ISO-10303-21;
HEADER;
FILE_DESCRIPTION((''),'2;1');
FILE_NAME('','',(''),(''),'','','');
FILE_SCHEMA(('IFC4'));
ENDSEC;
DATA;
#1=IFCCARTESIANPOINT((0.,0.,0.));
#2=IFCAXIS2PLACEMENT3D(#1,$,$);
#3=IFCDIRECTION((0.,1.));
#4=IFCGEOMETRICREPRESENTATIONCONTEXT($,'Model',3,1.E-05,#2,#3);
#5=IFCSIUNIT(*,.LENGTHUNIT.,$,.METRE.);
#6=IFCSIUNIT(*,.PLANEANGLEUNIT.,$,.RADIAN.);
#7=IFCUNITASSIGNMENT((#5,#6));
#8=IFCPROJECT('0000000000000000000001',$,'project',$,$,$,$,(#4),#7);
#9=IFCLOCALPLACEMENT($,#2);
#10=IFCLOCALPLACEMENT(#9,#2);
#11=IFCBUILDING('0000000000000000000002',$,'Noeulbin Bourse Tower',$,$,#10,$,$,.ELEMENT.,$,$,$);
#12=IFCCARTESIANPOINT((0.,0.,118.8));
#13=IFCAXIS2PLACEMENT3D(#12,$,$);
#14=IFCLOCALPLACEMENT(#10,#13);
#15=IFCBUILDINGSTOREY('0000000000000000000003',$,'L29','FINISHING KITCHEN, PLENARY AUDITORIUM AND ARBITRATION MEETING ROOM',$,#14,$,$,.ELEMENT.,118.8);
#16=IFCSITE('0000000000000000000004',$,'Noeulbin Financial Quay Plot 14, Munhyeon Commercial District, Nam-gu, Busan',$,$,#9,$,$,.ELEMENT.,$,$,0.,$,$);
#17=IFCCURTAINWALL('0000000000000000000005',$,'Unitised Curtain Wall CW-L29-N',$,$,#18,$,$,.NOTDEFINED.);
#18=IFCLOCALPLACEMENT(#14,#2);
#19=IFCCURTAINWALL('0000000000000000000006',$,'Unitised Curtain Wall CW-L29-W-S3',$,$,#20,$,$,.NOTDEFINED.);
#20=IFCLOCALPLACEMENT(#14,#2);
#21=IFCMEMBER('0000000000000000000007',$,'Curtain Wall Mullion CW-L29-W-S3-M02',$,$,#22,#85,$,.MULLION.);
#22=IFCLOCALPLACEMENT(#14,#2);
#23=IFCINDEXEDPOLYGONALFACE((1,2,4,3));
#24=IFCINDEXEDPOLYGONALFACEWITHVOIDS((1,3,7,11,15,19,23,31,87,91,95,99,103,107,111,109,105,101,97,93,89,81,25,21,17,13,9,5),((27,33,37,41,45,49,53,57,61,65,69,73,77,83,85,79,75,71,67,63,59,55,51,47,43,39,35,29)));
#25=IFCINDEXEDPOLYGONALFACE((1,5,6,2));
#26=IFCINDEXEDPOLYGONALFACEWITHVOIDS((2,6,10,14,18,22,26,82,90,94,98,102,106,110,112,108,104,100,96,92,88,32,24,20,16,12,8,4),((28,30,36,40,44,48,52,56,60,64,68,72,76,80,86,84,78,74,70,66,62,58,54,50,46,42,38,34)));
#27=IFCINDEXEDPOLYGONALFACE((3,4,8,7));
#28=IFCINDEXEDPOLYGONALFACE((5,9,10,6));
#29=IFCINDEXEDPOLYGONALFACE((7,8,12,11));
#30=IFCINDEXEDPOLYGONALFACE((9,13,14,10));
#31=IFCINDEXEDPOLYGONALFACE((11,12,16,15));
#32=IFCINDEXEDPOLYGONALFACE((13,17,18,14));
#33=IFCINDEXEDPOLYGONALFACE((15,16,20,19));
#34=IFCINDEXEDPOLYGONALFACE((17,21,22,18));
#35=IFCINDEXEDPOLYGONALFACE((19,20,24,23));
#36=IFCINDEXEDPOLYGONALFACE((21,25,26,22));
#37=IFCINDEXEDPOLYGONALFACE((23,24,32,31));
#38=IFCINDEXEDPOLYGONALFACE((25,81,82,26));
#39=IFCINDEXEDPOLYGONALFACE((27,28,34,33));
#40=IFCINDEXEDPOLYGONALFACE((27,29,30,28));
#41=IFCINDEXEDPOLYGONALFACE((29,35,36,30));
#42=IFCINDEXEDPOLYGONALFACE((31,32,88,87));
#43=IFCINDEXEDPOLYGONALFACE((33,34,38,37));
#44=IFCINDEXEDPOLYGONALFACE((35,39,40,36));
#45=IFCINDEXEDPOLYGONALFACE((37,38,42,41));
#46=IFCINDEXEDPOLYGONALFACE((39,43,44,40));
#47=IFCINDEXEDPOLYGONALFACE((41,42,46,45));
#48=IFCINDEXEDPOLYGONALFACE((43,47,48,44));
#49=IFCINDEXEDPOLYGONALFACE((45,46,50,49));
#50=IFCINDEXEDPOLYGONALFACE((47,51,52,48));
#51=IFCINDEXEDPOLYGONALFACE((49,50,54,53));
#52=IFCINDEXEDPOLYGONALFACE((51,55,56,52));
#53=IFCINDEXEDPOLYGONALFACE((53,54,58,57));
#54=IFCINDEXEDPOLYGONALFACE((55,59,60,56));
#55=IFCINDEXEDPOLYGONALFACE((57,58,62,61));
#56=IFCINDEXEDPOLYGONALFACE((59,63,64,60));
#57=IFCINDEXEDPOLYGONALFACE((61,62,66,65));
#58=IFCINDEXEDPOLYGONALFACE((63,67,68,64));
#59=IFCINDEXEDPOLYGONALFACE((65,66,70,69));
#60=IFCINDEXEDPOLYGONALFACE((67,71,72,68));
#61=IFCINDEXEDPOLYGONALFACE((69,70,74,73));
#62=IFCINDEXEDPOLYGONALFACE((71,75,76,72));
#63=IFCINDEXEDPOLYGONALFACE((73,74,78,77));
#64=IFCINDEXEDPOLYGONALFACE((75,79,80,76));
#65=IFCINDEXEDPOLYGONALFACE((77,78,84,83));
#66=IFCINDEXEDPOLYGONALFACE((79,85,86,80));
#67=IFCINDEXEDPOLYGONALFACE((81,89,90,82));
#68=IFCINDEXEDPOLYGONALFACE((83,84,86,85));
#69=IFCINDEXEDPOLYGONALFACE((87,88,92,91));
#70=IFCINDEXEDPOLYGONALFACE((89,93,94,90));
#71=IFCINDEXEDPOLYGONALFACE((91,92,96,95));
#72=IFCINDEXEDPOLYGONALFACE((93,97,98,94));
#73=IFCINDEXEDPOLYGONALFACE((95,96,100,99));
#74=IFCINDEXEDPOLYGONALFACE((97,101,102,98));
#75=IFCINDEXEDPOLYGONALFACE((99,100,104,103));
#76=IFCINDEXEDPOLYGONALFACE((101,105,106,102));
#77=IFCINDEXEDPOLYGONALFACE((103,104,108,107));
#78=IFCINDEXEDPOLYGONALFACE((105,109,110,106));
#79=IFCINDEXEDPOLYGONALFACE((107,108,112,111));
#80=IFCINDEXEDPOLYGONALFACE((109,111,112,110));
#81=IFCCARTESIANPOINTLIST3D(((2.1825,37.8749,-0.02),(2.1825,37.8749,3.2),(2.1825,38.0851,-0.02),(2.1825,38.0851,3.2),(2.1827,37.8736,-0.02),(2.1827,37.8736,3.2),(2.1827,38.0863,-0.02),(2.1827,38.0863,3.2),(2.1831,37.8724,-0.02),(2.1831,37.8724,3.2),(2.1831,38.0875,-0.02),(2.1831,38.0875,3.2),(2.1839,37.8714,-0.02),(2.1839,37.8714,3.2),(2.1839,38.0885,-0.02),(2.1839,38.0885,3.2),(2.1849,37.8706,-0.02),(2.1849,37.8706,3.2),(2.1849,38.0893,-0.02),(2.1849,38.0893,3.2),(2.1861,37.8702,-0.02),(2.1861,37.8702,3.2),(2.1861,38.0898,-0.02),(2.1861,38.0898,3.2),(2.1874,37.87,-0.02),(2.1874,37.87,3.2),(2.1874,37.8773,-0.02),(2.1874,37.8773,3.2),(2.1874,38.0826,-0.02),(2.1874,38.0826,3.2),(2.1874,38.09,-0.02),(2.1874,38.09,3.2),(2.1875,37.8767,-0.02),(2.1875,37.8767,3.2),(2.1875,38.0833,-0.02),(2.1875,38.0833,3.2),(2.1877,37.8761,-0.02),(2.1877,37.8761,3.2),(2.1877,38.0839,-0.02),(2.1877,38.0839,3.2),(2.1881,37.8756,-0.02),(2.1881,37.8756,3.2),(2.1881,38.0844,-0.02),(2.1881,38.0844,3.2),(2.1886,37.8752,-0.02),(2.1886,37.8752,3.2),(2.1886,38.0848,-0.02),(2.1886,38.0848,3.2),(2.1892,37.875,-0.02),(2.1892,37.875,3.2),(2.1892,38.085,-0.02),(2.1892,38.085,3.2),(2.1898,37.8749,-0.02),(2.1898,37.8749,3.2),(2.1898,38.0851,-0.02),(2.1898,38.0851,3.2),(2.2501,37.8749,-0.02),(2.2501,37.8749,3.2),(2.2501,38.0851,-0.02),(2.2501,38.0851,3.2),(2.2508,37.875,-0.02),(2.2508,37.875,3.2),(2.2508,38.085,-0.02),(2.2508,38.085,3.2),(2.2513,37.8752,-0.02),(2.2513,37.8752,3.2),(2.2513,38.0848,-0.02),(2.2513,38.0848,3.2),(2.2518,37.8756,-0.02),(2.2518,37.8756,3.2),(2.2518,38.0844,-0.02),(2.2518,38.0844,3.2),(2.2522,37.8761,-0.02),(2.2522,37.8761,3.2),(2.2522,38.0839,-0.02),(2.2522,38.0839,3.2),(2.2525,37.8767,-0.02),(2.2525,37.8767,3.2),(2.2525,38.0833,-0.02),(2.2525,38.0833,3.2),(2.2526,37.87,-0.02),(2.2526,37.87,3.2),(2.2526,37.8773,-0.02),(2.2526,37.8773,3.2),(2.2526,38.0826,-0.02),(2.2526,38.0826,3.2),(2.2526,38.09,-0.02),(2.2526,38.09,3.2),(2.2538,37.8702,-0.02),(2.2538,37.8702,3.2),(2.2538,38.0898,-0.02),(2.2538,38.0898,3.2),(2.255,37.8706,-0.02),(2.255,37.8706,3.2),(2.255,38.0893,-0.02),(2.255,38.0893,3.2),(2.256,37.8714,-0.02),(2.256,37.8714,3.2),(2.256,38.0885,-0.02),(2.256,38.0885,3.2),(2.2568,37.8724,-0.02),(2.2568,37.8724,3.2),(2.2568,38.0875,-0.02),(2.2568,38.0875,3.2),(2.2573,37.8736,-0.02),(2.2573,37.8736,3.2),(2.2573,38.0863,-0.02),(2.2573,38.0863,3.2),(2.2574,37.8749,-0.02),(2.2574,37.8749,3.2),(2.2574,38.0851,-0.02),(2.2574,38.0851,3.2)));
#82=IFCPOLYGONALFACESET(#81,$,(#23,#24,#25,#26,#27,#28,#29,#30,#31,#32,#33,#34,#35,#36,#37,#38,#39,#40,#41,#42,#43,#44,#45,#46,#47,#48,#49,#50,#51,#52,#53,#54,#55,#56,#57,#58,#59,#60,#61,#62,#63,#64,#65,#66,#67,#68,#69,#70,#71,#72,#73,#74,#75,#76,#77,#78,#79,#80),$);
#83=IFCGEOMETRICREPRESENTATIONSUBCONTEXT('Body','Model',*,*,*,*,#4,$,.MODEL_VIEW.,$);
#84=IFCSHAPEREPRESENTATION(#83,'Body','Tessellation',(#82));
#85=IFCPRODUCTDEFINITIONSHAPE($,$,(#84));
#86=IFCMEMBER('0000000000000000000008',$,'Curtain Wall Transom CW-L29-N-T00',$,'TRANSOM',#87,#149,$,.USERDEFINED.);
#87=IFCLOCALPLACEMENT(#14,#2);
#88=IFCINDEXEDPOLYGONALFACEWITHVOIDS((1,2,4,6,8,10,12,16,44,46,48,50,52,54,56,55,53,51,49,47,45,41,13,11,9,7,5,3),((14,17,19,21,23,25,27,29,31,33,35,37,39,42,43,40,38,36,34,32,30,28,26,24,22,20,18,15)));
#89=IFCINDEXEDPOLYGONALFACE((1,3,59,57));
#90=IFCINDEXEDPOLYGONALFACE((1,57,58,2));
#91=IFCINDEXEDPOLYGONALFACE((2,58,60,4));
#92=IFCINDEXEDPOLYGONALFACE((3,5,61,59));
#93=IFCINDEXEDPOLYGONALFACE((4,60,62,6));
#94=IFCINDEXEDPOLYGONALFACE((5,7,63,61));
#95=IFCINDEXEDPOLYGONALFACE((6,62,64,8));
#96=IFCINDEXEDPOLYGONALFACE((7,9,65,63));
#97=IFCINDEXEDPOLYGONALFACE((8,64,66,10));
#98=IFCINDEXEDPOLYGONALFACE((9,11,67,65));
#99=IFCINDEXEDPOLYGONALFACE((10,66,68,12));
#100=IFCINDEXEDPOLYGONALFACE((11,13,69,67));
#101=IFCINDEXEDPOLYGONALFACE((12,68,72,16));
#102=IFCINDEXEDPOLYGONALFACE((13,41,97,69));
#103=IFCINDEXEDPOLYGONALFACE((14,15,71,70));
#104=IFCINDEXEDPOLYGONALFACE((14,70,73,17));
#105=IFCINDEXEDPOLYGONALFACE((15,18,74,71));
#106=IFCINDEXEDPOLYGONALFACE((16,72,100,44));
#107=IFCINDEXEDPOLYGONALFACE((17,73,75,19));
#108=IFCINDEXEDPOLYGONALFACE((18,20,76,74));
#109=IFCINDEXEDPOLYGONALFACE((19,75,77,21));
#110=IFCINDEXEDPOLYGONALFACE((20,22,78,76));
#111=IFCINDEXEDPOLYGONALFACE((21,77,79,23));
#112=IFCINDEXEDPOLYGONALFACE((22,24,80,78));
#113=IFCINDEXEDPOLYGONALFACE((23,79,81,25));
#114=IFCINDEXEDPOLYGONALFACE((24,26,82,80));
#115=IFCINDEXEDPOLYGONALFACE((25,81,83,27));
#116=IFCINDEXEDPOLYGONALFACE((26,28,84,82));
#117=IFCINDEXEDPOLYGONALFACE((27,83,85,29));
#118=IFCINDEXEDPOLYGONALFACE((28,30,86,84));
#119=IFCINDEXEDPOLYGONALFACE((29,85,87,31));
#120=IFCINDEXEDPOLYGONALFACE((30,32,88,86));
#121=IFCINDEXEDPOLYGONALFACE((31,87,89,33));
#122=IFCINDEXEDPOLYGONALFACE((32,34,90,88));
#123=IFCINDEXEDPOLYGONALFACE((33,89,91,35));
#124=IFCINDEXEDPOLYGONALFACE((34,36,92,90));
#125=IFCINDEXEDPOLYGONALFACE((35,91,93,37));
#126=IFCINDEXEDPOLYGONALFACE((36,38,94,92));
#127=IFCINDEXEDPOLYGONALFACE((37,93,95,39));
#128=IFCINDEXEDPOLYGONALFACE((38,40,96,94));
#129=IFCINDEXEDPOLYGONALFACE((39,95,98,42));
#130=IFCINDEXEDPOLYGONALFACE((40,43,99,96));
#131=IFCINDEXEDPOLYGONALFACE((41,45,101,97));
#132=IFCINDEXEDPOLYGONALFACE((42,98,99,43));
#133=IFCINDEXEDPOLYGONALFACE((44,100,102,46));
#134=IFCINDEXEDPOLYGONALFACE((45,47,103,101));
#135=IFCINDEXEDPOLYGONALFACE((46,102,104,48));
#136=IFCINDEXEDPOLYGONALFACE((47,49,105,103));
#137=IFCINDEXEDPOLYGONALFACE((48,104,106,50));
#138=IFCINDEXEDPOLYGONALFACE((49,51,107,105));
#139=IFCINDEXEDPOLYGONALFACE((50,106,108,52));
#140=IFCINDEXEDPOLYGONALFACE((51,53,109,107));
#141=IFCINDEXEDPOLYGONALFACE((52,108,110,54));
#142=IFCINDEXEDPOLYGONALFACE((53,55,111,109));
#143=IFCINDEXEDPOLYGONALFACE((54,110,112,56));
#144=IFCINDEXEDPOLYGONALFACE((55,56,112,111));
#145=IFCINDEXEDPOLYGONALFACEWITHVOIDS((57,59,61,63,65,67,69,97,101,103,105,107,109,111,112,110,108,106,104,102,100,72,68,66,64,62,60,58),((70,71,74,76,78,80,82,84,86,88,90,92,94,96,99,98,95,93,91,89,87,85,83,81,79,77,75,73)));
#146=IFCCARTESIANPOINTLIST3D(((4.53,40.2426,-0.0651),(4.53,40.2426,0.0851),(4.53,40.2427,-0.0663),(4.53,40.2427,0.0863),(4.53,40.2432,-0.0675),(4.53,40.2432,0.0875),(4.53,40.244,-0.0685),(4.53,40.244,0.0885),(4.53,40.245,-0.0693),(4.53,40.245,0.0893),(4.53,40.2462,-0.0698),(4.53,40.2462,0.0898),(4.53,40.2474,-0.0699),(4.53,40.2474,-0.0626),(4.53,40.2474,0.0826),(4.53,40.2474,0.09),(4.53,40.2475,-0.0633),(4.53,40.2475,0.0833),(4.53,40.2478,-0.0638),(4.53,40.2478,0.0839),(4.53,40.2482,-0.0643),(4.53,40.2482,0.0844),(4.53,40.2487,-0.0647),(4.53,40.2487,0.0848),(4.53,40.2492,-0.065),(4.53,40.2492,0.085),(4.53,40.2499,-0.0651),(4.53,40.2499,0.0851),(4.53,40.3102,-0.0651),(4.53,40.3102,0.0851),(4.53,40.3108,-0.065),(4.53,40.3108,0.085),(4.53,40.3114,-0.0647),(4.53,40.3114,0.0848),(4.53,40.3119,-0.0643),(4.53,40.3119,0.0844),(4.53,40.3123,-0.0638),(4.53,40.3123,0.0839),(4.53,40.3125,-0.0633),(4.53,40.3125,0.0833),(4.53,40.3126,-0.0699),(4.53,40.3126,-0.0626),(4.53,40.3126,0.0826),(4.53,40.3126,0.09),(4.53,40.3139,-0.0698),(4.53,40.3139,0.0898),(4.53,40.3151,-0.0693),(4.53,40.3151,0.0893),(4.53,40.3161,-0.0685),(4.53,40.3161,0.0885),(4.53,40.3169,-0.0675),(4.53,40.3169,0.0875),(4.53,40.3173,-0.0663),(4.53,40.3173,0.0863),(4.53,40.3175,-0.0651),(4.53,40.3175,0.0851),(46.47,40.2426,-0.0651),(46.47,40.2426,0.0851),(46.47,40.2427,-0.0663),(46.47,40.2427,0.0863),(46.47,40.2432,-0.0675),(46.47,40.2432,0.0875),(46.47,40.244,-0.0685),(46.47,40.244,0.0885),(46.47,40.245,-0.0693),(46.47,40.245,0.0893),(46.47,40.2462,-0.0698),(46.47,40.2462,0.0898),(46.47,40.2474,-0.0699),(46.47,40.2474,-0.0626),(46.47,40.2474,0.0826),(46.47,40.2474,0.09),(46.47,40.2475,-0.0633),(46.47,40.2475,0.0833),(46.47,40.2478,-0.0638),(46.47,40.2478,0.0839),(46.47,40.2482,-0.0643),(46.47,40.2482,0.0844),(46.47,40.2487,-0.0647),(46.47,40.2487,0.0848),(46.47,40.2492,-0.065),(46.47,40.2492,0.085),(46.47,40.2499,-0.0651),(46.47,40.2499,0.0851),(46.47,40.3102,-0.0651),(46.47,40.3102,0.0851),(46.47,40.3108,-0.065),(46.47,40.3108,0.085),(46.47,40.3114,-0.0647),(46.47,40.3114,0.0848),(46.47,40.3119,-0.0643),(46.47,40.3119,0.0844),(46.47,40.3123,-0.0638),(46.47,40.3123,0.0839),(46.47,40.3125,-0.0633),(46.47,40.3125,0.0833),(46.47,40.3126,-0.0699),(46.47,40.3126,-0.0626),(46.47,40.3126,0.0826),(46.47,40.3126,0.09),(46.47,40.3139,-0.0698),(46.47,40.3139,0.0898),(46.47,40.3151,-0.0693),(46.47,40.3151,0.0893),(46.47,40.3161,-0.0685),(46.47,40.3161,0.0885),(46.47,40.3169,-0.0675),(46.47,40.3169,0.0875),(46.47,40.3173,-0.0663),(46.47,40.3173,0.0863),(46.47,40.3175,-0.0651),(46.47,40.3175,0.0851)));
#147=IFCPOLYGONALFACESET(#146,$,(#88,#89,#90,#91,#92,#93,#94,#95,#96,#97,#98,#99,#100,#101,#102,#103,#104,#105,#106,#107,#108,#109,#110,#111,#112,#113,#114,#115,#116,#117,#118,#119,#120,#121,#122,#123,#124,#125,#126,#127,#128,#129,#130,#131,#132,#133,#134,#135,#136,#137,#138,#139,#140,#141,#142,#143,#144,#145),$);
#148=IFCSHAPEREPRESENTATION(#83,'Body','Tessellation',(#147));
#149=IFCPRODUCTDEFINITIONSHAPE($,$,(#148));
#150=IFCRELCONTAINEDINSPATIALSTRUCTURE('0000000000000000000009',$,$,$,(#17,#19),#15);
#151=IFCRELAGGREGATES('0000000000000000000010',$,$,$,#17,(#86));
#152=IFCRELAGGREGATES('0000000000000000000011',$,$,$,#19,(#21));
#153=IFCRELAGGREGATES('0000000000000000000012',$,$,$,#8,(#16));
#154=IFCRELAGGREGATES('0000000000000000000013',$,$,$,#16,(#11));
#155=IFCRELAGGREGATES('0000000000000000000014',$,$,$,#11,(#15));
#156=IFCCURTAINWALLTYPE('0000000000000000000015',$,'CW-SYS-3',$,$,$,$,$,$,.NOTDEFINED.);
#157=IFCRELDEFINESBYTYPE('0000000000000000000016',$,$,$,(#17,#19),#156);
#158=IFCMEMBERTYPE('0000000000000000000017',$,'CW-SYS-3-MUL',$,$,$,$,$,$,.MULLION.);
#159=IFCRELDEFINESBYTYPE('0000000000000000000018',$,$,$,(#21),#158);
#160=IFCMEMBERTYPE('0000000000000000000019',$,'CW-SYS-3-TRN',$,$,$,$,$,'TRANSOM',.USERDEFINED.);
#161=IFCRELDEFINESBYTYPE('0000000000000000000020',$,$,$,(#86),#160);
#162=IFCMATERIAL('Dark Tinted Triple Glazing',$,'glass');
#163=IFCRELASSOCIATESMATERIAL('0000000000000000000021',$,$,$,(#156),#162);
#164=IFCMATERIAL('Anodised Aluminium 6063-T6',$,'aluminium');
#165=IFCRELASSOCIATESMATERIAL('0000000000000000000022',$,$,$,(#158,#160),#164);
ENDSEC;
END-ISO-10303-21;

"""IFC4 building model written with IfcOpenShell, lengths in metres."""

from ifc_helpers import new_model, si_unit, direction, frame, origin, origin_2d, place, context, subcontext, project, spatial, hollow_rectangle, extrude, material, material_profile, profile_set, type_object, element, aggregate, save


model = new_model("IFC4")

# Units and contexts
model_context = context("Model", 3, precision=1e-05, world=origin(), true_north=direction((0.0, 1.0)))
body_context = subcontext(model_context, "Body", "Model", "MODEL_VIEW")
ifc_project = project(units=[si_unit("LENGTHUNIT", "METRE"), si_unit("PLANEANGLEUNIT", "RADIAN")], contexts=[model_context])

# Site, building, storey
site_placement = place(None, origin())
site = spatial("IfcSite", under=ifc_project, at=site_placement, Name="Noeulbin Financial Quay Plot 14, Munhyeon Commercial District, Nam-gu, Busan", CompositionType="ELEMENT", RefElevation=0.0)
building_placement = place(site_placement, origin())
building = spatial("IfcBuilding", under=site, at=building_placement, Name="Noeulbin Bourse Tower", CompositionType="ELEMENT")
storey_placement = place(building_placement, frame((0.0, 0.0, 118.8)))
storey = spatial("IfcBuildingStorey", under=building, at=storey_placement, Name="L29", Description="FINISHING KITCHEN, PLENARY AUDITORIUM AND ARBITRATION MEETING ROOM", CompositionType="ELEMENT", Elevation=118.8)

# Curtain walls, member
ifc_material_1 = material(Name="Dark Tinted Triple Glazing", Category="glass")
curtain_wall_type = type_object("IfcCurtainWallType", Name="CW-SYS-3", PredefinedType="NOTDEFINED", material=ifc_material_1)
curtain_wall_1_placement = place(storey_placement, origin())
curtain_wall_1 = element("IfcCurtainWall", 1, at=curtain_wall_1_placement, inside=storey, type_object=curtain_wall_type, Name="Unitised Curtain Wall CW-L29-N", PredefinedType="NOTDEFINED")
ifc_material_2 = material(Name="Anodised Aluminium 6063-T6", Category="aluminium")
ifc_material_profile_1 = material_profile(ifc_material_2, hollow_rectangle(XDim=0.075, YDim=0.22, WallThickness=0.0049, InnerFilletRadius=0.0024, OuterFilletRadius=0.0049, at=origin_2d()), Name="ALU-MULL-75x220x5", Category="LoadBearing")
ifc_profile_set_1 = profile_set([ifc_material_profile_1], Name="Anodised Aluminium 6063-T6")
member_type_1 = type_object("IfcMemberType", Name="CW-SYS-3-MUL", PredefinedType="MULLION", material=ifc_profile_set_1)
curtain_wall_2_placement = place(storey_placement, origin())
curtain_wall_2 = element("IfcCurtainWall", 2, at=curtain_wall_2_placement, inside=storey, type_object=curtain_wall_type, Name="Unitised Curtain Wall CW-L29-W-S3", PredefinedType="NOTDEFINED")
member_1_placement = place(storey_placement, frame((2.22, 37.98, -0.02), z_axis=(0.0, 0.0, 1.0), x_axis=(1.0, 0.0, 0.0)))
member_1 = element("IfcMember", 3, at=member_1_placement, type_object=member_type_1, Name="Curtain Wall Mullion CW-L29-W-S3-M02", PredefinedType="MULLION", context=body_context, shape_type="SweptSolid", body=[
    extrude(hollow_rectangle(XDim=0.075, YDim=0.22, WallThickness=0.0049, InnerFilletRadius=0.0024, OuterFilletRadius=0.0049, at=origin_2d()), origin(), (0.0, 0.0, 1.0), 3.22),
])

# Member
ifc_material_profile_2 = material_profile(ifc_material_2, hollow_rectangle(XDim=0.075, YDim=0.1599, WallThickness=0.0049, InnerFilletRadius=0.0024, OuterFilletRadius=0.0049, at=origin_2d()), Name="ALU-TRAN-75x160x5", Category="LoadBearing")
ifc_profile_set_2 = profile_set([ifc_material_profile_2], Name="Anodised Aluminium 6063-T6")
member_type_2 = type_object("IfcMemberType", Name="CW-SYS-3-TRN", ElementType="TRANSOM", PredefinedType="USERDEFINED", material=ifc_profile_set_2)
member_2_placement = place(storey_placement, frame((4.53, 40.28, 0.01), z_axis=(1.0, 0.0, 0.0), x_axis=(0.0, 1.0, 0.0)))
member_2 = element("IfcMember", 4, at=member_2_placement, type_object=member_type_2, Name="Curtain Wall Transom CW-L29-N-T00", ObjectType="TRANSOM", PredefinedType="USERDEFINED", context=body_context, shape_type="SweptSolid", body=[
    extrude(hollow_rectangle(XDim=0.075, YDim=0.1599, WallThickness=0.0049, InnerFilletRadius=0.0024, OuterFilletRadius=0.0049, at=origin_2d()), origin(), (0.0, 0.0, 1.0), 41.9399),
])

aggregate(curtain_wall_1, [member_2])
aggregate(curtain_wall_2, [member_1])

save(model, "model.ifc")
